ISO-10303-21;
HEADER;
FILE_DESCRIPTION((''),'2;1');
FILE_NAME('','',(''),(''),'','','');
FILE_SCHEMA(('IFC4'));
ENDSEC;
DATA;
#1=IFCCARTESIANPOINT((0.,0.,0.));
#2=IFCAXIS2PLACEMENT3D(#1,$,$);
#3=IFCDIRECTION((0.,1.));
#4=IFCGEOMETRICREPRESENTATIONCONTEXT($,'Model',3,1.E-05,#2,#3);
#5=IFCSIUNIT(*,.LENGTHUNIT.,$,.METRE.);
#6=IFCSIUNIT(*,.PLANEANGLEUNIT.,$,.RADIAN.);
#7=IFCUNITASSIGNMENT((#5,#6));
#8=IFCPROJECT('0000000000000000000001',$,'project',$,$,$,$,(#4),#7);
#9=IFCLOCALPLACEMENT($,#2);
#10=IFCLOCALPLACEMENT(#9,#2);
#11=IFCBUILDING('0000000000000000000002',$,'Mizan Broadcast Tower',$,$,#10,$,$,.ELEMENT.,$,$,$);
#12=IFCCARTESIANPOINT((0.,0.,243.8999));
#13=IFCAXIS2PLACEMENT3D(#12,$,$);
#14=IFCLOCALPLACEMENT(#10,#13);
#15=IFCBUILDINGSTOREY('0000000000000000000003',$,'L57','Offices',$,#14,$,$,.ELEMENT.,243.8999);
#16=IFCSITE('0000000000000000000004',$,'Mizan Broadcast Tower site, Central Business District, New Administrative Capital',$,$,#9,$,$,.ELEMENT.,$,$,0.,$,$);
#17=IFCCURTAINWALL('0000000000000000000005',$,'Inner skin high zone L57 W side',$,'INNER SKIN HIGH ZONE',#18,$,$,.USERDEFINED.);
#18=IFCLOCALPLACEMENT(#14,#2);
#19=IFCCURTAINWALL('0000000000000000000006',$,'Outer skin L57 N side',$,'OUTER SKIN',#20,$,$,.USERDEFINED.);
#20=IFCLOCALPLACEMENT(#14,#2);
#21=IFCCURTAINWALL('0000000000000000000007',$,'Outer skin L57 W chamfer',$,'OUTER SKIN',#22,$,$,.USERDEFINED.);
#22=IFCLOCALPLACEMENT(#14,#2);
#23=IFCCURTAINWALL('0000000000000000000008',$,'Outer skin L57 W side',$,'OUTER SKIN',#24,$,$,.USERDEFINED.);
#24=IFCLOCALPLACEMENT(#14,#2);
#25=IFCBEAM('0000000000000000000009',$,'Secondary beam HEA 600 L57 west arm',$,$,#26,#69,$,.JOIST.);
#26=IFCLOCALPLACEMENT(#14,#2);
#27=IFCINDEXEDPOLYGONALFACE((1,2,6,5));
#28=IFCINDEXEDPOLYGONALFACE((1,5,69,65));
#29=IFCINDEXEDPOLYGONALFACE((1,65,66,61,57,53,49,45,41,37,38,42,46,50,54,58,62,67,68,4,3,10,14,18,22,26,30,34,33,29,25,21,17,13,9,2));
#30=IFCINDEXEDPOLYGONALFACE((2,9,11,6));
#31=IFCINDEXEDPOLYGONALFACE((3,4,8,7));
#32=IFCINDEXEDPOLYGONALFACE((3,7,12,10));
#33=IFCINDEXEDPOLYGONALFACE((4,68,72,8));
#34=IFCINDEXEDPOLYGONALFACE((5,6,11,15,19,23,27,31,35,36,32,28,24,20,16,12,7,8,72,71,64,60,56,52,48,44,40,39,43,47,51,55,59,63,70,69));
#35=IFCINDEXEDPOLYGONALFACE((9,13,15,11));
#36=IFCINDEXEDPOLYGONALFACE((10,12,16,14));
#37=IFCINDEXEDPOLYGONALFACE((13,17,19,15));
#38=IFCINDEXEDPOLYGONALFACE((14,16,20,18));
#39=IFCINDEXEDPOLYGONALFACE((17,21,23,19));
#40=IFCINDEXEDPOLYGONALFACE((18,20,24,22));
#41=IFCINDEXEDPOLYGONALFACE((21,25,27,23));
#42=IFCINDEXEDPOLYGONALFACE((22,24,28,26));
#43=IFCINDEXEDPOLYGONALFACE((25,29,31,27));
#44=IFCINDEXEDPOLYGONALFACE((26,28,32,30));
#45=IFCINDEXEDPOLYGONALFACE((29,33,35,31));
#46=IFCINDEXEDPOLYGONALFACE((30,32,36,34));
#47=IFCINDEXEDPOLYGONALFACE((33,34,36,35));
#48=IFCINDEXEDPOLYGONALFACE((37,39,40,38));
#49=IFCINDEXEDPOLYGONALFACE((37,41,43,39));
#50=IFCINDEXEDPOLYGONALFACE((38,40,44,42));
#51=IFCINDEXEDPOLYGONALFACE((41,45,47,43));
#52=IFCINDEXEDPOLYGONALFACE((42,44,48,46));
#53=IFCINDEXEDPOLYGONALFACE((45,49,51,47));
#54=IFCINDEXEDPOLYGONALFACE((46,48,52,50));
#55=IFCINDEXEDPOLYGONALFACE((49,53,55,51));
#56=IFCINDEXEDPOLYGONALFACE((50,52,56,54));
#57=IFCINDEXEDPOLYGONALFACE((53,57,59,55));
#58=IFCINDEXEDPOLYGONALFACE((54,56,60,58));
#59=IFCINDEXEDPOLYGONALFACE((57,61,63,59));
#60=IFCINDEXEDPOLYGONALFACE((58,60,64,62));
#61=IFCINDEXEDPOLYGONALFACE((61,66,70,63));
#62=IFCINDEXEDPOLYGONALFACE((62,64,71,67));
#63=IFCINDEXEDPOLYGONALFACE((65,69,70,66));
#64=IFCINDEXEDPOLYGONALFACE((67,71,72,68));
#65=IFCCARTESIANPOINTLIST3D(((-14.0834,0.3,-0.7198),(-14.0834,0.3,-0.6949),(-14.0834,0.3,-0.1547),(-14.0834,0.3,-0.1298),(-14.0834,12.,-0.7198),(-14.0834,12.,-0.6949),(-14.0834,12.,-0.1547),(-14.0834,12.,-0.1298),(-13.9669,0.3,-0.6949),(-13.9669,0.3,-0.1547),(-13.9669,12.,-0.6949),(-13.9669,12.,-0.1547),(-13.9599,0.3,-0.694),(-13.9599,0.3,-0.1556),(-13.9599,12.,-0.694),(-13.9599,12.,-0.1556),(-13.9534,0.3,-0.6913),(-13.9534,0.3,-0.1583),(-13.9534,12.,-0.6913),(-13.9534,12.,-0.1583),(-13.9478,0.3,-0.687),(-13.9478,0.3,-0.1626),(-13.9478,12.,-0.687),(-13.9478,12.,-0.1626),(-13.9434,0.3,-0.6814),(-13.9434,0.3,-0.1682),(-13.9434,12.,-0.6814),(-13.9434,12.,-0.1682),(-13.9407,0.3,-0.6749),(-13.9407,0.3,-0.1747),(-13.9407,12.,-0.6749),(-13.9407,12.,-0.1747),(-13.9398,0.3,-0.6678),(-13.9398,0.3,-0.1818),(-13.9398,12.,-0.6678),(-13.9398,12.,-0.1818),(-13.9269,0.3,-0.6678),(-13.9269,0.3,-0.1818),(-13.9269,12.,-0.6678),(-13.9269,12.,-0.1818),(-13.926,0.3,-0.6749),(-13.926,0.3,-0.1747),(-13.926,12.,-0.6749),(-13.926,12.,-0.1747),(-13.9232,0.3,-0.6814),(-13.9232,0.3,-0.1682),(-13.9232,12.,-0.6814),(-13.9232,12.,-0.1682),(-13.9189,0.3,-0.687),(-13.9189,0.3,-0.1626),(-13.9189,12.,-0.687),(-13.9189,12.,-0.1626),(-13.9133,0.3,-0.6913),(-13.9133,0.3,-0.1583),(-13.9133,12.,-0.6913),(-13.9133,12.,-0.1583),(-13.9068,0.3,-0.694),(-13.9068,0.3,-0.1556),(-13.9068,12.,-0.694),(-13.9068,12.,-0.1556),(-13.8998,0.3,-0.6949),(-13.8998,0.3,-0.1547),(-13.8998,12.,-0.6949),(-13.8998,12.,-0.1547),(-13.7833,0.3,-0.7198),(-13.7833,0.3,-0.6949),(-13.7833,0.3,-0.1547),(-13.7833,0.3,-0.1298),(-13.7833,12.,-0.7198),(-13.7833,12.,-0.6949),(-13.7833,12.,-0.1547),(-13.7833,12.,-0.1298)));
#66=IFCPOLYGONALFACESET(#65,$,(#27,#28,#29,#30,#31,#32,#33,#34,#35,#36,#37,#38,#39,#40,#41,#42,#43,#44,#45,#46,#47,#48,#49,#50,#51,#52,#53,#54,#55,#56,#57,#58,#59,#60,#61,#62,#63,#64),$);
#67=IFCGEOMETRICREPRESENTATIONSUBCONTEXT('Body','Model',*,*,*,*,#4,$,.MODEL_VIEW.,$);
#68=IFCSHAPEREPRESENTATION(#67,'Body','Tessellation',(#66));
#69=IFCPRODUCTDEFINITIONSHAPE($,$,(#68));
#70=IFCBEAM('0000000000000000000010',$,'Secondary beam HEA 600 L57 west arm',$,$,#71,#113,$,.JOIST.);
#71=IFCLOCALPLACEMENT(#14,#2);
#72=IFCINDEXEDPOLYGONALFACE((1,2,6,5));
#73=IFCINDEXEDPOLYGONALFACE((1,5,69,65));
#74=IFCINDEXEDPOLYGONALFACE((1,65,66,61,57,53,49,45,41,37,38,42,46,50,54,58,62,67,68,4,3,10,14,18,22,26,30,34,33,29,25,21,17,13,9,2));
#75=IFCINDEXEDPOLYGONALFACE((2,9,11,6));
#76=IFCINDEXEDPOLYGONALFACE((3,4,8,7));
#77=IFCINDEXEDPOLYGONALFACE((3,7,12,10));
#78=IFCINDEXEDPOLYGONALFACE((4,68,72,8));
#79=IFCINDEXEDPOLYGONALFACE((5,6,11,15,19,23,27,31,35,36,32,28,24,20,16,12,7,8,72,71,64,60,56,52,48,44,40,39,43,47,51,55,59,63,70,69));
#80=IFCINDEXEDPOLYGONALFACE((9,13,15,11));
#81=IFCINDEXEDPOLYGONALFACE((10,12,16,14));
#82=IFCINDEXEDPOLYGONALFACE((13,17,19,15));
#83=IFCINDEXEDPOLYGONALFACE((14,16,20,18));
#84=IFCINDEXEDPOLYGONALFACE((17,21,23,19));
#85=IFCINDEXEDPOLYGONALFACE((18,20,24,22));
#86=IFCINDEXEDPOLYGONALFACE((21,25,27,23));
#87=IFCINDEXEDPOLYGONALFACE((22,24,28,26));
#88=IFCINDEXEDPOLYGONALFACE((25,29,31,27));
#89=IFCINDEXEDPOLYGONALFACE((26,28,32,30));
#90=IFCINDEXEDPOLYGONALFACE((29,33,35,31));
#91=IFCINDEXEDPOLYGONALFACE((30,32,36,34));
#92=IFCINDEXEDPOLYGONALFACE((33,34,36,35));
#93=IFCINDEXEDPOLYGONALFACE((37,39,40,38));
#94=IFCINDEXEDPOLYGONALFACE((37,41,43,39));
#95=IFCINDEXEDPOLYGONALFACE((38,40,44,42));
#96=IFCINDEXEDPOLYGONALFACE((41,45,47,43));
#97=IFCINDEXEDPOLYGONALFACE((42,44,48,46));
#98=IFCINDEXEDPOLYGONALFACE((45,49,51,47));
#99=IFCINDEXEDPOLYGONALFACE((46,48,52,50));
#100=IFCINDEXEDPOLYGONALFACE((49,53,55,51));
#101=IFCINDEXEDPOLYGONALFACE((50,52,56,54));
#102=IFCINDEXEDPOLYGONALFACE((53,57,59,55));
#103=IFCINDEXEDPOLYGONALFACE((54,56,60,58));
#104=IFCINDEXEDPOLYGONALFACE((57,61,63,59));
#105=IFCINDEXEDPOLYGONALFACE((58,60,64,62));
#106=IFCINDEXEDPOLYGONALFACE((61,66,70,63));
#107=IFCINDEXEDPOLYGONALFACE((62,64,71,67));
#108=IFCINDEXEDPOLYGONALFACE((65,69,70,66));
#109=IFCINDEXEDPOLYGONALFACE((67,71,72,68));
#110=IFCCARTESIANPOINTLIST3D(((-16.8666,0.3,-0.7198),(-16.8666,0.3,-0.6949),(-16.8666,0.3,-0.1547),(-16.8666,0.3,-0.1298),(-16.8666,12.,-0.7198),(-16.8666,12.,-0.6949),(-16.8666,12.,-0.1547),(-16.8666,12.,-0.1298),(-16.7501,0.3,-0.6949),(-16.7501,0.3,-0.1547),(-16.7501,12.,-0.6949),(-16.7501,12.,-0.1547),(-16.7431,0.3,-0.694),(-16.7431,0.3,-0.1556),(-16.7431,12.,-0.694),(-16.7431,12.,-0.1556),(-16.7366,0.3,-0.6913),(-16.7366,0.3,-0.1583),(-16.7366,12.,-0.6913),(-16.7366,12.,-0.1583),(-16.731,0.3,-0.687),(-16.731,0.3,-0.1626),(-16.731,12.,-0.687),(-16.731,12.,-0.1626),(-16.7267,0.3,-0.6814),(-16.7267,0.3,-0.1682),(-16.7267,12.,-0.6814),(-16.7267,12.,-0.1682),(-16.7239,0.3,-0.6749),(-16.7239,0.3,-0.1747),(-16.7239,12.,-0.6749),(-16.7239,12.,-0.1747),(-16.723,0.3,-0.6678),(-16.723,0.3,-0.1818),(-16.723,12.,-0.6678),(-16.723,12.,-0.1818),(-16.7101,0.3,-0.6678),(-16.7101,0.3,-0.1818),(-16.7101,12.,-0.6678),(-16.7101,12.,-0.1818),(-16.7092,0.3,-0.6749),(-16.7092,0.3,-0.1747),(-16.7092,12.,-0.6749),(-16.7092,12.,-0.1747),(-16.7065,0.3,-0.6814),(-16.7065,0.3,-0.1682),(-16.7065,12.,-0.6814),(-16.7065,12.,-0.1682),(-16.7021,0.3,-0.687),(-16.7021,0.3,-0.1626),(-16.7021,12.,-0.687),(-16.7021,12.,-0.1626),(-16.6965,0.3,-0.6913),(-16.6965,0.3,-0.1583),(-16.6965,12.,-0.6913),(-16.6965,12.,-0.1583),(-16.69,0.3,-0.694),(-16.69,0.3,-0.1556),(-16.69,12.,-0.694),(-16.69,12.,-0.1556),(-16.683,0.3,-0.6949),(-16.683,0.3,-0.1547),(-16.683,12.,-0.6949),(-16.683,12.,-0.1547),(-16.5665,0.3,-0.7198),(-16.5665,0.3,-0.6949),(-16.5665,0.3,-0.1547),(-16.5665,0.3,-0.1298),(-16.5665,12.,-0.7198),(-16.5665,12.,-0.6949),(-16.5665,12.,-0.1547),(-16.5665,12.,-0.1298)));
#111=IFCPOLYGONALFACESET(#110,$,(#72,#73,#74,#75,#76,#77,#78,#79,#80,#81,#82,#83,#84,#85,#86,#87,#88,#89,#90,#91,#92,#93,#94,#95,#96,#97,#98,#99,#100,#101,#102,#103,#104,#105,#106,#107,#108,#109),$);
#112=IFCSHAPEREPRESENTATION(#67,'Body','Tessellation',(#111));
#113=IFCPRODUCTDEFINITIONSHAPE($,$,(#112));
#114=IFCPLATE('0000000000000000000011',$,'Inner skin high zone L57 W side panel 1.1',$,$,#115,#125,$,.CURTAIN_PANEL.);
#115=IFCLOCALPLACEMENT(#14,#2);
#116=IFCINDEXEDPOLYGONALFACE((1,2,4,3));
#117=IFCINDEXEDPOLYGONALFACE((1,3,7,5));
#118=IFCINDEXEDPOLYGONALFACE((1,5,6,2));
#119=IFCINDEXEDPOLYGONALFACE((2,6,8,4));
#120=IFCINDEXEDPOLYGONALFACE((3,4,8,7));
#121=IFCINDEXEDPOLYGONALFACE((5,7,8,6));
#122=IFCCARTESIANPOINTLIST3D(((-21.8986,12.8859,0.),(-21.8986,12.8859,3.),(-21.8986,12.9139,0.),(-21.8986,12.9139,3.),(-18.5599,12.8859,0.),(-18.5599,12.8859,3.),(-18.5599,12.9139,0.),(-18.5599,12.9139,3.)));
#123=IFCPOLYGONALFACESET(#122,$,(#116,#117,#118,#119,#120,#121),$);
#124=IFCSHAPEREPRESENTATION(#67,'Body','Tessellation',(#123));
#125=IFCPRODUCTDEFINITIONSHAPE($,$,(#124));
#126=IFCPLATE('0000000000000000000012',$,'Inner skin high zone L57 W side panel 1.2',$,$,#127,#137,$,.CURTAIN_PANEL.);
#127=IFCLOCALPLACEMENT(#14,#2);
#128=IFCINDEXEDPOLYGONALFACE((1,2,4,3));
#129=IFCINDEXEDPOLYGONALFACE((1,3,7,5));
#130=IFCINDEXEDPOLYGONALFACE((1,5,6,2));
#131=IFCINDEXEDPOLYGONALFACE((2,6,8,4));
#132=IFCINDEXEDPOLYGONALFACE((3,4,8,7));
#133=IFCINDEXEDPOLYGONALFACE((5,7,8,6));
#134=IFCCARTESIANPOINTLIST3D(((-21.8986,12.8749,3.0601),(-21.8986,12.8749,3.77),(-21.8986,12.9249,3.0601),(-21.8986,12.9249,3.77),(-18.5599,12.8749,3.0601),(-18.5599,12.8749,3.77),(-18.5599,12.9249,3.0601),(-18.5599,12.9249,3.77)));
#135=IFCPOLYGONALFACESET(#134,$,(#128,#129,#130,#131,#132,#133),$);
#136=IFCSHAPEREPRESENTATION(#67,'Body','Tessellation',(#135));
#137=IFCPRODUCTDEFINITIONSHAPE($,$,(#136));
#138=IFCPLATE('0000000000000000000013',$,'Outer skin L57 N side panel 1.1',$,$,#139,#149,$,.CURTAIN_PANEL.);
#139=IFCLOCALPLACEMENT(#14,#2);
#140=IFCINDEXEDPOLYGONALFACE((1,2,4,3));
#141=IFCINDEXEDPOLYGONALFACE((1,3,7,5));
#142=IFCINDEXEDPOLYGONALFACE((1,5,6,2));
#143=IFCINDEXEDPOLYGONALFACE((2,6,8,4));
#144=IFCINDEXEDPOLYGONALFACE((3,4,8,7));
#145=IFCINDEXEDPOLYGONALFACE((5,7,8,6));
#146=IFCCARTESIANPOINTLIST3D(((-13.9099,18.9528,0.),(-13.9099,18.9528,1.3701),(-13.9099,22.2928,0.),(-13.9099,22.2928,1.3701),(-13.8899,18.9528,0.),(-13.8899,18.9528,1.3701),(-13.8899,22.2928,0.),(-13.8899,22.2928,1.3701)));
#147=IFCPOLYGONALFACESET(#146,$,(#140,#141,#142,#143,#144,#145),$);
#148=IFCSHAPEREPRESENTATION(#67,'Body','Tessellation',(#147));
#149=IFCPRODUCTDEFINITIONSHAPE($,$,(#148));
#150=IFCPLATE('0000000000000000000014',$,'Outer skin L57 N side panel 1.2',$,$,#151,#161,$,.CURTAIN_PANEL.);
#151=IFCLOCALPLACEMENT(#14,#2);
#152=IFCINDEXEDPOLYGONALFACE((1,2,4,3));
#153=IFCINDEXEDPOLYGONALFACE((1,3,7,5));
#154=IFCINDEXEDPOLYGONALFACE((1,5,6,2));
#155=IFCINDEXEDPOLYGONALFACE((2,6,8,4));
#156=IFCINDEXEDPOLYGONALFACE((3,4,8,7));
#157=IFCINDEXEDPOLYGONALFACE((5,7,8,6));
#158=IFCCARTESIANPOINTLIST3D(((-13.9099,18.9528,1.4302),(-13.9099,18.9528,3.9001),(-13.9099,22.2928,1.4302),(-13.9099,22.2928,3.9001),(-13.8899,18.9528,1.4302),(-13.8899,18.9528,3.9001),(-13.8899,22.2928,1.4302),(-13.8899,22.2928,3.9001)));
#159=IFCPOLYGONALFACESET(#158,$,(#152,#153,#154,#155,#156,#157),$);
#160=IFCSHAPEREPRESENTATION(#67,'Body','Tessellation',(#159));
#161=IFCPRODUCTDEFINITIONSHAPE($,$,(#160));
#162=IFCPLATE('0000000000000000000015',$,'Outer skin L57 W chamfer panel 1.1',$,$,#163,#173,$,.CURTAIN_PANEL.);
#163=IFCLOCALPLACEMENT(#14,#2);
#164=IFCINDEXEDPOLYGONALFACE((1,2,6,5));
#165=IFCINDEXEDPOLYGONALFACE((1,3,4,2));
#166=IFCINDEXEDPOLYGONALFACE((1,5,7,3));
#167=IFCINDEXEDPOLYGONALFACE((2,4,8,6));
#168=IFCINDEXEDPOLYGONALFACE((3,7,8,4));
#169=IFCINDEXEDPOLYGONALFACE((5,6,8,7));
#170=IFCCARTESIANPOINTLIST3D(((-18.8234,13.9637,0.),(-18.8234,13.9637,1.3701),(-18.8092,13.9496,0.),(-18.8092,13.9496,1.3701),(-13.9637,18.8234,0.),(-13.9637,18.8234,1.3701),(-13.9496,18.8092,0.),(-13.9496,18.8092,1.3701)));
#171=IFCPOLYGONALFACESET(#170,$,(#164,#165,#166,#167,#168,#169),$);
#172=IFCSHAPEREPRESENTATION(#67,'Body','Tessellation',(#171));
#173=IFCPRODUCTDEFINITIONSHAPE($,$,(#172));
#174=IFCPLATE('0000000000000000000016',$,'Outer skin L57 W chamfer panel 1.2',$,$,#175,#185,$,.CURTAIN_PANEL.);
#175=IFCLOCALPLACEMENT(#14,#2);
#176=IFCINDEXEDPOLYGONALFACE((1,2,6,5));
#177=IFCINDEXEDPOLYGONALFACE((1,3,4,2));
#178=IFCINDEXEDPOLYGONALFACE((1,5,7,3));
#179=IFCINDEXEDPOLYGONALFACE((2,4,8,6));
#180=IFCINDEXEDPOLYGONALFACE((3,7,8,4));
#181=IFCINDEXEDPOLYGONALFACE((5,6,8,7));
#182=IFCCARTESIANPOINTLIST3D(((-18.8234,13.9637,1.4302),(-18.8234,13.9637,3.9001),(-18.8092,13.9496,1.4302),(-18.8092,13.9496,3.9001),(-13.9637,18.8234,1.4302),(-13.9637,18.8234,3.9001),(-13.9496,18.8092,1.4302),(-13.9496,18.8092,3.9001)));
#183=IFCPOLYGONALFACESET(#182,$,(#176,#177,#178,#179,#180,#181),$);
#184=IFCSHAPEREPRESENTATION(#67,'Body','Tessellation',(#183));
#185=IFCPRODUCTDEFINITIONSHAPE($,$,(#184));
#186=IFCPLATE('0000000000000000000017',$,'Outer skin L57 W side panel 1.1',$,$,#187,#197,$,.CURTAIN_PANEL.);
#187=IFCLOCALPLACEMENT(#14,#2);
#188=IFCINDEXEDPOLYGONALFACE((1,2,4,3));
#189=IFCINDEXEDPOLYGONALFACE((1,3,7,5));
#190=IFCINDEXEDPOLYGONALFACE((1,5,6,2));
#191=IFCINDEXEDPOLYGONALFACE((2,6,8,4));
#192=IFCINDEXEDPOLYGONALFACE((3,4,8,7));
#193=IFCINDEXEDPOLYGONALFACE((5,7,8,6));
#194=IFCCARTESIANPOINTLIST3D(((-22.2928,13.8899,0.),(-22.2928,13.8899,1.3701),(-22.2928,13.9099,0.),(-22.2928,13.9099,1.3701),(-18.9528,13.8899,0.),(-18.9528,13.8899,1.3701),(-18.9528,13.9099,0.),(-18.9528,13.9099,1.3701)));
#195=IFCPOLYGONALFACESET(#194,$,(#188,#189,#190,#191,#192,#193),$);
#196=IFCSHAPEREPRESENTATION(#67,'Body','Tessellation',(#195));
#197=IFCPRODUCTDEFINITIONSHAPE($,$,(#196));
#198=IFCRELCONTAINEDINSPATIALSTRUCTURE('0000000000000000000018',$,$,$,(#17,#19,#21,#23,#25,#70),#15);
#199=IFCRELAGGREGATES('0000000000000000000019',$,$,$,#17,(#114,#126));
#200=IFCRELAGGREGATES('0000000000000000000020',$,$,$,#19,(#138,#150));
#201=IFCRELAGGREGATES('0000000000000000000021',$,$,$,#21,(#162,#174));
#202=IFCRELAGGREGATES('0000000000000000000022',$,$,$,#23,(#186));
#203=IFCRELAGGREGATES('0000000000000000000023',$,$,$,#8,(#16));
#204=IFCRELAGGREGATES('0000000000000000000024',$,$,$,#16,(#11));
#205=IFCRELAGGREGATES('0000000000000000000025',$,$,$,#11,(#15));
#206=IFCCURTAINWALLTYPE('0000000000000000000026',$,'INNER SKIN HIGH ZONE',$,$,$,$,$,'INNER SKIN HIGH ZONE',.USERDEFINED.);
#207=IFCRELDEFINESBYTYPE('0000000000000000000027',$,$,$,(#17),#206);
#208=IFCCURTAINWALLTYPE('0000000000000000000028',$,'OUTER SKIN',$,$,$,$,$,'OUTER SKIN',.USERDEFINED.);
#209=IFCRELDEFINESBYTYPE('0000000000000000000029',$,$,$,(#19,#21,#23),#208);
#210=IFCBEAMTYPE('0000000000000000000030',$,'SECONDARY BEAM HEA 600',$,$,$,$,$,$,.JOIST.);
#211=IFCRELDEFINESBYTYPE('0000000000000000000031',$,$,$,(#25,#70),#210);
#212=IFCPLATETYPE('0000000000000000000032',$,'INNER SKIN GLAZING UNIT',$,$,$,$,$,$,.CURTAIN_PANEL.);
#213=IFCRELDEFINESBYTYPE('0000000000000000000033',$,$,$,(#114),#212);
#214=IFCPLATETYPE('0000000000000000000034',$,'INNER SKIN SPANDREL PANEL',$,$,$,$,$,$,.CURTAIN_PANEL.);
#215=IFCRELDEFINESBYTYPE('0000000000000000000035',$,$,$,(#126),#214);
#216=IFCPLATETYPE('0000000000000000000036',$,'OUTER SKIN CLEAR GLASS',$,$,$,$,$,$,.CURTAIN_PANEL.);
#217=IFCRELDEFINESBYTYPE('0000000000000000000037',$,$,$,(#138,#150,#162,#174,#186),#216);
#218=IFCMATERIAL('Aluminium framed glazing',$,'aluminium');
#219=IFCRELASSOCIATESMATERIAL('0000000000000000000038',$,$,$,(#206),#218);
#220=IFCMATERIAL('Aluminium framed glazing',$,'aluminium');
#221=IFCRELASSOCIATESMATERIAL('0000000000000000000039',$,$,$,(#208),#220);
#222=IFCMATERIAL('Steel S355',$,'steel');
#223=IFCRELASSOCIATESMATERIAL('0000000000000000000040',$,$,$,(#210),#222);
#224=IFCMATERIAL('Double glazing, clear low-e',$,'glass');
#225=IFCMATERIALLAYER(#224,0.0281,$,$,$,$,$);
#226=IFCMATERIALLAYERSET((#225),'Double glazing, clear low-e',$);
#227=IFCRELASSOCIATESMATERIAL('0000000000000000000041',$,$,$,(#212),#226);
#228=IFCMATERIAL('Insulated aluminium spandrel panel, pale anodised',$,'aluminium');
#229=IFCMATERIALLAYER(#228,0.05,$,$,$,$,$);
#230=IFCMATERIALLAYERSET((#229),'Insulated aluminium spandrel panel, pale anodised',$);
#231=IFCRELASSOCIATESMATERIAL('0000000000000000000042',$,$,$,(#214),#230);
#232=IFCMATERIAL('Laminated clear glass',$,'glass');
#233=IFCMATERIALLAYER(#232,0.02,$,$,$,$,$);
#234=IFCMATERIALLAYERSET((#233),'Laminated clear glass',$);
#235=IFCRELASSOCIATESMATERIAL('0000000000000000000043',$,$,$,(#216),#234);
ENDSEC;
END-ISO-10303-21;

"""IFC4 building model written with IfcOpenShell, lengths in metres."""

from ifc_helpers import new_model, si_unit, direction, frame, origin, origin_2d, place, context, subcontext, project, spatial, rectangle, i_section, extrude, material, layer, layer_set, material_profile, profile_set, type_object, element, aggregate, save


model = new_model("IFC4")

# Units and contexts
model_context = context("Model", 3, precision=1e-05, world=origin(), true_north=direction((0.0, 1.0)))
body_context = subcontext(model_context, "Body", "Model", "MODEL_VIEW")
ifc_project = project(units=[si_unit("LENGTHUNIT", "METRE"), si_unit("PLANEANGLEUNIT", "RADIAN")], contexts=[model_context])

# Site, building, storey
site_placement = place(None, origin())
site = spatial("IfcSite", under=ifc_project, at=site_placement, Name="Mizan Broadcast Tower site, Central Business District, New Administrative Capital", CompositionType="ELEMENT", RefElevation=0.0)
building_placement = place(site_placement, origin())
building = spatial("IfcBuilding", under=site, at=building_placement, Name="Mizan Broadcast Tower", CompositionType="ELEMENT")
storey_placement = place(building_placement, frame((0.0, 0.0, 243.8999)))
storey = spatial("IfcBuildingStorey", under=building, at=storey_placement, Name="L57", Description="Offices", CompositionType="ELEMENT", Elevation=243.8999)

# Shared definitions
ifc_material_1 = material(Name="Aluminium framed glazing", Category="aluminium")
curtain_wall_type_1 = type_object("IfcCurtainWallType", Name="INNER SKIN HIGH ZONE", ElementType="INNER SKIN HIGH ZONE", PredefinedType="USERDEFINED", material=ifc_material_1)

# Curtain wall
curtain_wall_1_placement = place(storey_placement, origin())
curtain_wall_1 = element("IfcCurtainWall", 1, at=curtain_wall_1_placement, inside=storey, type_object=curtain_wall_type_1, Name="Inner skin high zone L57 W side", ObjectType="INNER SKIN HIGH ZONE", PredefinedType="USERDEFINED")

# Curtain walls
ifc_material_2 = material(Name="Aluminium framed glazing", Category="aluminium")
curtain_wall_type_2 = type_object("IfcCurtainWallType", Name="OUTER SKIN", ElementType="OUTER SKIN", PredefinedType="USERDEFINED", material=ifc_material_2)
curtain_wall_2_placement = place(storey_placement, origin())
curtain_wall_2 = element("IfcCurtainWall", 2, at=curtain_wall_2_placement, inside=storey, type_object=curtain_wall_type_2, Name="Outer skin L57 N side", ObjectType="OUTER SKIN", PredefinedType="USERDEFINED")
curtain_wall_3_placement = place(storey_placement, origin())
curtain_wall_3 = element("IfcCurtainWall", 3, at=curtain_wall_3_placement, inside=storey, type_object=curtain_wall_type_2, Name="Outer skin L57 W chamfer", ObjectType="OUTER SKIN", PredefinedType="USERDEFINED")
curtain_wall_4_placement = place(storey_placement, origin())
curtain_wall_4 = element("IfcCurtainWall", 4, at=curtain_wall_4_placement, inside=storey, type_object=curtain_wall_type_2, Name="Outer skin L57 W side", ObjectType="OUTER SKIN", PredefinedType="USERDEFINED")

# Beams
ifc_material_3 = material(Name="Steel S355", Category="steel")
ifc_material_profile_1 = material_profile(ifc_material_3, i_section(OverallWidth=0.3, OverallDepth=0.5901, WebThickness=0.0129, FlangeThickness=0.0249, FilletRadius=0.0271, at=origin_2d()), Name="HEA 600")
ifc_profile_set_1 = profile_set([ifc_material_profile_1], Name="Steel S355")
beam_type = type_object("IfcBeamType", Name="SECONDARY BEAM HEA 600", PredefinedType="JOIST", material=ifc_profile_set_1)
for number, where, z_axis, x_axis, name in (
    (5, (-13.9333, 12.0, -0.4248), (0.0, -1.0, 0.0), (1.0, 0.0, 0.0), "Secondary beam HEA 600 L57 west arm"),
    (6, (-16.7166, 12.0, -0.4248), (0.0, -1.0, 0.0), (1.0, 0.0, 0.0), "Secondary beam HEA 600 L57 west arm"),
):
    element("IfcBeam", number, at=place(storey_placement, frame(where, z_axis=z_axis, x_axis=x_axis)), inside=storey, type_object=beam_type, Name=name, PredefinedType="JOIST", context=body_context, shape_type="SweptSolid", body=[
        extrude(i_section(OverallWidth=0.3, OverallDepth=0.5901, WebThickness=0.0129, FlangeThickness=0.0249, FilletRadius=0.0271, at=origin_2d()), origin(), (0.0, 0.0, 1.0), 11.7),
    ])

# Plates
ifc_material_4 = material(Name="Double glazing, clear low-e", Category="glass")
ifc_layer_1 = layer(ifc_material_4, 0.0281)
ifc_layer_set_1 = layer_set([ifc_layer_1], Name="Double glazing, clear low-e")
plate_type_1 = type_object("IfcPlateType", Name="INNER SKIN GLAZING UNIT", PredefinedType="CURTAIN_PANEL", material=ifc_layer_set_1)
plate_1_placement = place(storey_placement, frame((-20.2292, 12.8999, 0.0), z_axis=(0.0, 0.0, 1.0), x_axis=(-1.0, 0.0, 0.0)))
plate_1 = element("IfcPlate", 7, at=plate_1_placement, type_object=plate_type_1, Name="Inner skin high zone L57 W side panel 1.1", PredefinedType="CURTAIN_PANEL", context=body_context, shape_type="SweptSolid", body=[
    extrude(rectangle(XDim=3.3386, YDim=0.0281, at=origin_2d()), origin(), (0.0, 0.0, 1.0), 3.0),
])
ifc_material_5 = material(Name="Insulated aluminium spandrel panel, pale anodised", Category="aluminium")
ifc_layer_2 = layer(ifc_material_5, 0.05)
ifc_layer_set_2 = layer_set([ifc_layer_2], Name="Insulated aluminium spandrel panel, pale anodised")
plate_type_2 = type_object("IfcPlateType", Name="INNER SKIN SPANDREL PANEL", PredefinedType="CURTAIN_PANEL", material=ifc_layer_set_2)
plate_2_placement = place(storey_placement, frame((-20.2292, 12.8999, 3.0601), z_axis=(0.0, 0.0, 1.0), x_axis=(-1.0, 0.0, 0.0)))
plate_2 = element("IfcPlate", 8, at=plate_2_placement, type_object=plate_type_2, Name="Inner skin high zone L57 W side panel 1.2", PredefinedType="CURTAIN_PANEL", context=body_context, shape_type="SweptSolid", body=[
    extrude(rectangle(XDim=3.3386, YDim=0.05, at=origin_2d()), origin(), (0.0, 0.0, 1.0), 0.71),
])
aggregate(curtain_wall_1, [plate_1, plate_2])
ifc_material_6 = material(Name="Laminated clear glass", Category="glass")
ifc_layer_3 = layer(ifc_material_6, 0.02)
ifc_layer_set_3 = layer_set([ifc_layer_3], Name="Laminated clear glass")
plate_type_3 = type_object("IfcPlateType", Name="OUTER SKIN CLEAR GLASS", PredefinedType="CURTAIN_PANEL", material=ifc_layer_set_3)
plate_3_placement = place(storey_placement, frame((-13.8999, 20.6228, 0.0), z_axis=(0.0, 0.0, 1.0), x_axis=(0.0, -1.0, 0.0)))
plate_3 = element("IfcPlate", 9, at=plate_3_placement, type_object=plate_type_3, Name="Outer skin L57 N side panel 1.1", PredefinedType="CURTAIN_PANEL", context=body_context, shape_type="SweptSolid", body=[
    extrude(rectangle(XDim=3.3401, YDim=0.02, at=origin_2d()), origin(), (0.0, 0.0, 1.0), 1.3701),
])
plate_4_placement = place(storey_placement, frame((-13.8999, 20.6228, 1.4302), z_axis=(0.0, 0.0, 1.0), x_axis=(0.0, -1.0, 0.0)))
plate_4 = element("IfcPlate", 10, at=plate_4_placement, type_object=plate_type_3, Name="Outer skin L57 N side panel 1.2", PredefinedType="CURTAIN_PANEL", context=body_context, shape_type="SweptSolid", body=[
    extrude(rectangle(XDim=3.3401, YDim=0.02, at=origin_2d()), origin(), (0.0, 0.0, 1.0), 2.47),
])
aggregate(curtain_wall_2, [plate_3, plate_4])
plate_5_placement = place(storey_placement, frame((-16.3865, 16.3865, 0.0), z_axis=(0.0, 0.0, 1.0), x_axis=(-0.707107, -0.707107, 0.0)))
plate_5 = element("IfcPlate", 11, at=plate_5_placement, type_object=plate_type_3, Name="Outer skin L57 W chamfer panel 1.1", PredefinedType="CURTAIN_PANEL", context=body_context, shape_type="SweptSolid", body=[
    extrude(rectangle(XDim=6.8726, YDim=0.02, at=origin_2d()), origin(), (0.0, 0.0, 1.0), 1.3701),
])
plate_6_placement = place(storey_placement, frame((-16.3865, 16.3865, 1.4302), z_axis=(0.0, 0.0, 1.0), x_axis=(-0.707107, -0.707107, 0.0)))
plate_6 = element("IfcPlate", 12, at=plate_6_placement, type_object=plate_type_3, Name="Outer skin L57 W chamfer panel 1.2", PredefinedType="CURTAIN_PANEL", context=body_context, shape_type="SweptSolid", body=[
    extrude(rectangle(XDim=6.8726, YDim=0.02, at=origin_2d()), origin(), (0.0, 0.0, 1.0), 2.47),
])
aggregate(curtain_wall_3, [plate_5, plate_6])
plate_7_placement = place(storey_placement, frame((-20.6228, 13.8999, 0.0), z_axis=(0.0, 0.0, 1.0), x_axis=(-1.0, 0.0, 0.0)))
plate_7 = element("IfcPlate", 13, at=plate_7_placement, type_object=plate_type_3, Name="Outer skin L57 W side panel 1.1", PredefinedType="CURTAIN_PANEL", context=body_context, shape_type="SweptSolid", body=[
    extrude(rectangle(XDim=3.3401, YDim=0.02, at=origin_2d()), origin(), (0.0, 0.0, 1.0), 1.3701),
])
aggregate(curtain_wall_4, [plate_7])

save(model, "model.ifc")
